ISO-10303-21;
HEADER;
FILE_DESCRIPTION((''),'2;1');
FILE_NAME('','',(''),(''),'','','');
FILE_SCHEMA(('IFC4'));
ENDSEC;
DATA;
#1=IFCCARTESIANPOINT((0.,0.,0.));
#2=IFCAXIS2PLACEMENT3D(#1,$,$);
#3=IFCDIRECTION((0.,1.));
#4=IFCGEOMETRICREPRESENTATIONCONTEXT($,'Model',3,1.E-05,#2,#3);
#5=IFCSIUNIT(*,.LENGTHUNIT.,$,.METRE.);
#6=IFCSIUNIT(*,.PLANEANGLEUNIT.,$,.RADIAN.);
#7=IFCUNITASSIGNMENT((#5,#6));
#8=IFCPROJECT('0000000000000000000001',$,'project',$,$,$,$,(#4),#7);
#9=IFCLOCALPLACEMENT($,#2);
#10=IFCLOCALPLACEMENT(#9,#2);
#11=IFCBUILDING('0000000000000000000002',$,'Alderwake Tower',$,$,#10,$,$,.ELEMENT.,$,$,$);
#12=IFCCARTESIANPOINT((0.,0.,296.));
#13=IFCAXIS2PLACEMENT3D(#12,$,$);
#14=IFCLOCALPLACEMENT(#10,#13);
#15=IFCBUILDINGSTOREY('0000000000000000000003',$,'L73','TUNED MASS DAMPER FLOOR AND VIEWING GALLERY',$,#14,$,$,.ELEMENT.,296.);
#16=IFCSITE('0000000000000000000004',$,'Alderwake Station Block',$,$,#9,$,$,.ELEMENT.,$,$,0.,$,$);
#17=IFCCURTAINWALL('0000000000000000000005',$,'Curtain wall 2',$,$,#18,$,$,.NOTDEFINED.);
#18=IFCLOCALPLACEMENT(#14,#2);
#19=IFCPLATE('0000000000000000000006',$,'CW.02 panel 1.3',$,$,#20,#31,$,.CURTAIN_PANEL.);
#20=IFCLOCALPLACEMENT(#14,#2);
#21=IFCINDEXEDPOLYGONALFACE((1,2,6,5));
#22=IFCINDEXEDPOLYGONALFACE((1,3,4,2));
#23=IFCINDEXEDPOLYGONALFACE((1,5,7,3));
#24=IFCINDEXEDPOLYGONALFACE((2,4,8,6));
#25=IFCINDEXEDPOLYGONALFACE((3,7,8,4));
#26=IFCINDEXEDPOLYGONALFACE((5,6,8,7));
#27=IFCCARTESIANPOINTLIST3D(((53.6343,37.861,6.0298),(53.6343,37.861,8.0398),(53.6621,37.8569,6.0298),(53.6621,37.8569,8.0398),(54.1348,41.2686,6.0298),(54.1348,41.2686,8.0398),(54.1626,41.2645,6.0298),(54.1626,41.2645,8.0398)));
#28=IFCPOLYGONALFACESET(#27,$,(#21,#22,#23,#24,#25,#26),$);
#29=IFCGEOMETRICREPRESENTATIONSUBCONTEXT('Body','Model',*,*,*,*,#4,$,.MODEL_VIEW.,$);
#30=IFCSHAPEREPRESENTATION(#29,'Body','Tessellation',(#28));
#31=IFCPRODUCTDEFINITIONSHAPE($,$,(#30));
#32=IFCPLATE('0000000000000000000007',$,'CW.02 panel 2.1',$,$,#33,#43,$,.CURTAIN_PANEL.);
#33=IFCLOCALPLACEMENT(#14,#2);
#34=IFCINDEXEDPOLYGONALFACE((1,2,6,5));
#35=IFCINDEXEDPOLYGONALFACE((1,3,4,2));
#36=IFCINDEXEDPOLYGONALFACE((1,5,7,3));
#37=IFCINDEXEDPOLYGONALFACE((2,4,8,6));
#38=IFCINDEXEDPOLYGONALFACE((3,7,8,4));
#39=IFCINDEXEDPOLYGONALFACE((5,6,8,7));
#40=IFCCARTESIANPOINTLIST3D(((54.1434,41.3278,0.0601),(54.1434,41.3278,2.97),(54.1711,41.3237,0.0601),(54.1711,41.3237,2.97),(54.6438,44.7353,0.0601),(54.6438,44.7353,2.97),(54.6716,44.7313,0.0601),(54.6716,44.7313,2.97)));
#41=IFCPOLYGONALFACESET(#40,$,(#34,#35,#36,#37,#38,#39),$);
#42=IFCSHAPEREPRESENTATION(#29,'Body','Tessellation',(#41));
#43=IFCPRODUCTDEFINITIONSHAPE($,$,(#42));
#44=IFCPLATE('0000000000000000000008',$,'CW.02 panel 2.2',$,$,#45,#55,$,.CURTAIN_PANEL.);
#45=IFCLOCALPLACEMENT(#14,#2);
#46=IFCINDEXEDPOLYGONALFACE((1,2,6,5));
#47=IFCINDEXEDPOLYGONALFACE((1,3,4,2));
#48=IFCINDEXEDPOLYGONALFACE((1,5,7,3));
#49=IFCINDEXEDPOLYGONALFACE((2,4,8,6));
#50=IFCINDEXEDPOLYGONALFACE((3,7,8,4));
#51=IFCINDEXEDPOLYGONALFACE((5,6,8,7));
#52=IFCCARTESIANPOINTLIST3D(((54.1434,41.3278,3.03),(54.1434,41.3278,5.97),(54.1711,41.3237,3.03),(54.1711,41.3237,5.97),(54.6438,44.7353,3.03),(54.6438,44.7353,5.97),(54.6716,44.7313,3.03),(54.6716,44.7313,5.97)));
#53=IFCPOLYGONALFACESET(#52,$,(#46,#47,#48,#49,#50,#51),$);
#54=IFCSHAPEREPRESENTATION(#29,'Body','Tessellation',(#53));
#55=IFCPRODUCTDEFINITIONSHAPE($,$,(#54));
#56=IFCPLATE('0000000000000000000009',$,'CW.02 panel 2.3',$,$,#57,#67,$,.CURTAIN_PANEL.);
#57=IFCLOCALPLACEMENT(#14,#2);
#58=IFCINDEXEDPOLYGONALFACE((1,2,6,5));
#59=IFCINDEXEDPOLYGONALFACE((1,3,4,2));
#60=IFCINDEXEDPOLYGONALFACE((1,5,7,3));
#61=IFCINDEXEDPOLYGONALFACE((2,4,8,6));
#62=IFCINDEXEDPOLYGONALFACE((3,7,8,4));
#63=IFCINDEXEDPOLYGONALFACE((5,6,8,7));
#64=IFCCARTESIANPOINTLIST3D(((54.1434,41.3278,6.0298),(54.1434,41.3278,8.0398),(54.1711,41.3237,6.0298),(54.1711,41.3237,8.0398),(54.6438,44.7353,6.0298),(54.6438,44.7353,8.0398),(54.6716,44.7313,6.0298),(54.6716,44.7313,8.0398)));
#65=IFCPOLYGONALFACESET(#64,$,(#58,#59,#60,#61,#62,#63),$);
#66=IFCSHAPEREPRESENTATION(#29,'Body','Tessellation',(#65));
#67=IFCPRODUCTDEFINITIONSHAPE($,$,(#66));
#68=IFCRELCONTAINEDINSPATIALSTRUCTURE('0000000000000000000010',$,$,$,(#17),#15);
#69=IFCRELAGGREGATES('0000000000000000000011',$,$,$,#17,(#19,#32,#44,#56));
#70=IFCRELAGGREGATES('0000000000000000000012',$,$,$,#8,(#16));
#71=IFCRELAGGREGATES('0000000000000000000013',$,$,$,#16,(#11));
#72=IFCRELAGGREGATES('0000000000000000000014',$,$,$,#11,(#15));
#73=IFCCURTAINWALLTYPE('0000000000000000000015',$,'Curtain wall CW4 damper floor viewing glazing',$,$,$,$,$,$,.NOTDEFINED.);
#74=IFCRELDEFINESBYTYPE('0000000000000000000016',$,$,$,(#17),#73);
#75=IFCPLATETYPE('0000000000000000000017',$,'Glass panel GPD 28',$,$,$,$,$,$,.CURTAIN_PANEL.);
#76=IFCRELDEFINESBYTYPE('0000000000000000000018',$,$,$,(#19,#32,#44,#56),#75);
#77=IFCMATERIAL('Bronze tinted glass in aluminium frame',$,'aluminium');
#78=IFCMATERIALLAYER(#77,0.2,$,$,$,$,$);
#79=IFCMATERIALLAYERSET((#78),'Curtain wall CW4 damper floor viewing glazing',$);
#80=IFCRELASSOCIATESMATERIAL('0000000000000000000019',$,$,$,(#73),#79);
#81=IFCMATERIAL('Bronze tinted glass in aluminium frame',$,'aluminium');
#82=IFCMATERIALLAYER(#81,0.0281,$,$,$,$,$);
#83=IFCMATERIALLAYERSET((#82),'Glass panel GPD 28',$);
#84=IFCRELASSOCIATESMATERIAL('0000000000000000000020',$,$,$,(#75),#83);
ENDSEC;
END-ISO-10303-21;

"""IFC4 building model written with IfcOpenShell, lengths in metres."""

from ifc_helpers import new_model, si_unit, direction, frame, origin, origin_2d, place, context, subcontext, project, spatial, rectangle, extrude, material, layer, layer_set, type_object, element, aggregate, save


model = new_model("IFC4")

# Units and contexts
model_context = context("Model", 3, precision=1e-05, world=origin(), true_north=direction((0.0, 1.0)))
body_context = subcontext(model_context, "Body", "Model", "MODEL_VIEW")
ifc_project = project(units=[si_unit("LENGTHUNIT", "METRE"), si_unit("PLANEANGLEUNIT", "RADIAN")], contexts=[model_context])

# Site, building, storey
site_placement = place(None, origin())
site = spatial("IfcSite", under=ifc_project, at=site_placement, Name="Alderwake Station Block", CompositionType="ELEMENT", RefElevation=0.0)
building_placement = place(site_placement, origin())
building = spatial("IfcBuilding", under=site, at=building_placement, Name="Alderwake Tower", CompositionType="ELEMENT")
storey_placement = place(building_placement, frame((0.0, 0.0, 296.0)))
storey = spatial("IfcBuildingStorey", under=building, at=storey_placement, Name="L73", Description="TUNED MASS DAMPER FLOOR AND VIEWING GALLERY", CompositionType="ELEMENT", Elevation=296.0)

# Curtain wall
ifc_material_1 = material(Name="Bronze tinted glass in aluminium frame", Category="aluminium")
ifc_layer_1 = layer(ifc_material_1, 0.2)
ifc_layer_set_1 = layer_set([ifc_layer_1], Name="Curtain wall CW4 damper floor viewing glazing")
curtain_wall_type = type_object("IfcCurtainWallType", Name="Curtain wall CW4 damper floor viewing glazing", PredefinedType="NOTDEFINED", material=ifc_layer_set_1)
curtain_wall_1_placement = place(storey_placement, origin())
curtain_wall_1 = element("IfcCurtainWall", 1, at=curtain_wall_1_placement, inside=storey, type_object=curtain_wall_type, Name="Curtain wall 2", PredefinedType="NOTDEFINED")

# Plates
ifc_material_2 = material(Name="Bronze tinted glass in aluminium frame", Category="aluminium")
ifc_layer_2 = layer(ifc_material_2, 0.0281)
ifc_layer_set_2 = layer_set([ifc_layer_2], Name="Glass panel GPD 28")
plate_type = type_object("IfcPlateType", Name="Glass panel GPD 28", PredefinedType="CURTAIN_PANEL", material=ifc_layer_set_2)
plate_1_placement = place(storey_placement, frame((53.8984, 39.5627, 6.0298), z_axis=(0.0, 0.0, 1.0), x_axis=(0.14531, 0.989386, 0.0)))
plate_1 = element("IfcPlate", 2, at=plate_1_placement, type_object=plate_type, Name="CW.02 panel 1.3", PredefinedType="CURTAIN_PANEL", context=body_context, shape_type="SweptSolid", body=[
    extrude(rectangle(XDim=3.4441, YDim=0.0281, at=origin_2d()), origin(), (0.0, 0.0, 1.0), 2.01),
])
plate_2_placement = place(storey_placement, frame((54.4075, 43.0295, 0.0601), z_axis=(0.0, 0.0, 1.0), x_axis=(0.14531, 0.989386, 0.0)))
plate_2 = element("IfcPlate", 3, at=plate_2_placement, type_object=plate_type, Name="CW.02 panel 2.1", PredefinedType="CURTAIN_PANEL", context=body_context, shape_type="SweptSolid", body=[
    extrude(rectangle(XDim=3.4441, YDim=0.0281, at=origin_2d()), origin(), (0.0, 0.0, 1.0), 2.9099),
])
plate_3_placement = place(storey_placement, frame((54.4075, 43.0295, 3.03), z_axis=(0.0, 0.0, 1.0), x_axis=(0.14531, 0.989386, 0.0)))
plate_3 = element("IfcPlate", 4, at=plate_3_placement, type_object=plate_type, Name="CW.02 panel 2.2", PredefinedType="CURTAIN_PANEL", context=body_context, shape_type="SweptSolid", body=[
    extrude(rectangle(XDim=3.4441, YDim=0.0281, at=origin_2d()), origin(), (0.0, 0.0, 1.0), 2.9399),
])
plate_4_placement = place(storey_placement, frame((54.4075, 43.0295, 6.0298), z_axis=(0.0, 0.0, 1.0), x_axis=(0.14531, 0.989386, 0.0)))
plate_4 = element("IfcPlate", 5, at=plate_4_placement, type_object=plate_type, Name="CW.02 panel 2.3", PredefinedType="CURTAIN_PANEL", context=body_context, shape_type="SweptSolid", body=[
    extrude(rectangle(XDim=3.4441, YDim=0.0281, at=origin_2d()), origin(), (0.0, 0.0, 1.0), 2.01),
])
aggregate(curtain_wall_1, [plate_1, plate_2, plate_3, plate_4])

save(model, "model.ifc")
